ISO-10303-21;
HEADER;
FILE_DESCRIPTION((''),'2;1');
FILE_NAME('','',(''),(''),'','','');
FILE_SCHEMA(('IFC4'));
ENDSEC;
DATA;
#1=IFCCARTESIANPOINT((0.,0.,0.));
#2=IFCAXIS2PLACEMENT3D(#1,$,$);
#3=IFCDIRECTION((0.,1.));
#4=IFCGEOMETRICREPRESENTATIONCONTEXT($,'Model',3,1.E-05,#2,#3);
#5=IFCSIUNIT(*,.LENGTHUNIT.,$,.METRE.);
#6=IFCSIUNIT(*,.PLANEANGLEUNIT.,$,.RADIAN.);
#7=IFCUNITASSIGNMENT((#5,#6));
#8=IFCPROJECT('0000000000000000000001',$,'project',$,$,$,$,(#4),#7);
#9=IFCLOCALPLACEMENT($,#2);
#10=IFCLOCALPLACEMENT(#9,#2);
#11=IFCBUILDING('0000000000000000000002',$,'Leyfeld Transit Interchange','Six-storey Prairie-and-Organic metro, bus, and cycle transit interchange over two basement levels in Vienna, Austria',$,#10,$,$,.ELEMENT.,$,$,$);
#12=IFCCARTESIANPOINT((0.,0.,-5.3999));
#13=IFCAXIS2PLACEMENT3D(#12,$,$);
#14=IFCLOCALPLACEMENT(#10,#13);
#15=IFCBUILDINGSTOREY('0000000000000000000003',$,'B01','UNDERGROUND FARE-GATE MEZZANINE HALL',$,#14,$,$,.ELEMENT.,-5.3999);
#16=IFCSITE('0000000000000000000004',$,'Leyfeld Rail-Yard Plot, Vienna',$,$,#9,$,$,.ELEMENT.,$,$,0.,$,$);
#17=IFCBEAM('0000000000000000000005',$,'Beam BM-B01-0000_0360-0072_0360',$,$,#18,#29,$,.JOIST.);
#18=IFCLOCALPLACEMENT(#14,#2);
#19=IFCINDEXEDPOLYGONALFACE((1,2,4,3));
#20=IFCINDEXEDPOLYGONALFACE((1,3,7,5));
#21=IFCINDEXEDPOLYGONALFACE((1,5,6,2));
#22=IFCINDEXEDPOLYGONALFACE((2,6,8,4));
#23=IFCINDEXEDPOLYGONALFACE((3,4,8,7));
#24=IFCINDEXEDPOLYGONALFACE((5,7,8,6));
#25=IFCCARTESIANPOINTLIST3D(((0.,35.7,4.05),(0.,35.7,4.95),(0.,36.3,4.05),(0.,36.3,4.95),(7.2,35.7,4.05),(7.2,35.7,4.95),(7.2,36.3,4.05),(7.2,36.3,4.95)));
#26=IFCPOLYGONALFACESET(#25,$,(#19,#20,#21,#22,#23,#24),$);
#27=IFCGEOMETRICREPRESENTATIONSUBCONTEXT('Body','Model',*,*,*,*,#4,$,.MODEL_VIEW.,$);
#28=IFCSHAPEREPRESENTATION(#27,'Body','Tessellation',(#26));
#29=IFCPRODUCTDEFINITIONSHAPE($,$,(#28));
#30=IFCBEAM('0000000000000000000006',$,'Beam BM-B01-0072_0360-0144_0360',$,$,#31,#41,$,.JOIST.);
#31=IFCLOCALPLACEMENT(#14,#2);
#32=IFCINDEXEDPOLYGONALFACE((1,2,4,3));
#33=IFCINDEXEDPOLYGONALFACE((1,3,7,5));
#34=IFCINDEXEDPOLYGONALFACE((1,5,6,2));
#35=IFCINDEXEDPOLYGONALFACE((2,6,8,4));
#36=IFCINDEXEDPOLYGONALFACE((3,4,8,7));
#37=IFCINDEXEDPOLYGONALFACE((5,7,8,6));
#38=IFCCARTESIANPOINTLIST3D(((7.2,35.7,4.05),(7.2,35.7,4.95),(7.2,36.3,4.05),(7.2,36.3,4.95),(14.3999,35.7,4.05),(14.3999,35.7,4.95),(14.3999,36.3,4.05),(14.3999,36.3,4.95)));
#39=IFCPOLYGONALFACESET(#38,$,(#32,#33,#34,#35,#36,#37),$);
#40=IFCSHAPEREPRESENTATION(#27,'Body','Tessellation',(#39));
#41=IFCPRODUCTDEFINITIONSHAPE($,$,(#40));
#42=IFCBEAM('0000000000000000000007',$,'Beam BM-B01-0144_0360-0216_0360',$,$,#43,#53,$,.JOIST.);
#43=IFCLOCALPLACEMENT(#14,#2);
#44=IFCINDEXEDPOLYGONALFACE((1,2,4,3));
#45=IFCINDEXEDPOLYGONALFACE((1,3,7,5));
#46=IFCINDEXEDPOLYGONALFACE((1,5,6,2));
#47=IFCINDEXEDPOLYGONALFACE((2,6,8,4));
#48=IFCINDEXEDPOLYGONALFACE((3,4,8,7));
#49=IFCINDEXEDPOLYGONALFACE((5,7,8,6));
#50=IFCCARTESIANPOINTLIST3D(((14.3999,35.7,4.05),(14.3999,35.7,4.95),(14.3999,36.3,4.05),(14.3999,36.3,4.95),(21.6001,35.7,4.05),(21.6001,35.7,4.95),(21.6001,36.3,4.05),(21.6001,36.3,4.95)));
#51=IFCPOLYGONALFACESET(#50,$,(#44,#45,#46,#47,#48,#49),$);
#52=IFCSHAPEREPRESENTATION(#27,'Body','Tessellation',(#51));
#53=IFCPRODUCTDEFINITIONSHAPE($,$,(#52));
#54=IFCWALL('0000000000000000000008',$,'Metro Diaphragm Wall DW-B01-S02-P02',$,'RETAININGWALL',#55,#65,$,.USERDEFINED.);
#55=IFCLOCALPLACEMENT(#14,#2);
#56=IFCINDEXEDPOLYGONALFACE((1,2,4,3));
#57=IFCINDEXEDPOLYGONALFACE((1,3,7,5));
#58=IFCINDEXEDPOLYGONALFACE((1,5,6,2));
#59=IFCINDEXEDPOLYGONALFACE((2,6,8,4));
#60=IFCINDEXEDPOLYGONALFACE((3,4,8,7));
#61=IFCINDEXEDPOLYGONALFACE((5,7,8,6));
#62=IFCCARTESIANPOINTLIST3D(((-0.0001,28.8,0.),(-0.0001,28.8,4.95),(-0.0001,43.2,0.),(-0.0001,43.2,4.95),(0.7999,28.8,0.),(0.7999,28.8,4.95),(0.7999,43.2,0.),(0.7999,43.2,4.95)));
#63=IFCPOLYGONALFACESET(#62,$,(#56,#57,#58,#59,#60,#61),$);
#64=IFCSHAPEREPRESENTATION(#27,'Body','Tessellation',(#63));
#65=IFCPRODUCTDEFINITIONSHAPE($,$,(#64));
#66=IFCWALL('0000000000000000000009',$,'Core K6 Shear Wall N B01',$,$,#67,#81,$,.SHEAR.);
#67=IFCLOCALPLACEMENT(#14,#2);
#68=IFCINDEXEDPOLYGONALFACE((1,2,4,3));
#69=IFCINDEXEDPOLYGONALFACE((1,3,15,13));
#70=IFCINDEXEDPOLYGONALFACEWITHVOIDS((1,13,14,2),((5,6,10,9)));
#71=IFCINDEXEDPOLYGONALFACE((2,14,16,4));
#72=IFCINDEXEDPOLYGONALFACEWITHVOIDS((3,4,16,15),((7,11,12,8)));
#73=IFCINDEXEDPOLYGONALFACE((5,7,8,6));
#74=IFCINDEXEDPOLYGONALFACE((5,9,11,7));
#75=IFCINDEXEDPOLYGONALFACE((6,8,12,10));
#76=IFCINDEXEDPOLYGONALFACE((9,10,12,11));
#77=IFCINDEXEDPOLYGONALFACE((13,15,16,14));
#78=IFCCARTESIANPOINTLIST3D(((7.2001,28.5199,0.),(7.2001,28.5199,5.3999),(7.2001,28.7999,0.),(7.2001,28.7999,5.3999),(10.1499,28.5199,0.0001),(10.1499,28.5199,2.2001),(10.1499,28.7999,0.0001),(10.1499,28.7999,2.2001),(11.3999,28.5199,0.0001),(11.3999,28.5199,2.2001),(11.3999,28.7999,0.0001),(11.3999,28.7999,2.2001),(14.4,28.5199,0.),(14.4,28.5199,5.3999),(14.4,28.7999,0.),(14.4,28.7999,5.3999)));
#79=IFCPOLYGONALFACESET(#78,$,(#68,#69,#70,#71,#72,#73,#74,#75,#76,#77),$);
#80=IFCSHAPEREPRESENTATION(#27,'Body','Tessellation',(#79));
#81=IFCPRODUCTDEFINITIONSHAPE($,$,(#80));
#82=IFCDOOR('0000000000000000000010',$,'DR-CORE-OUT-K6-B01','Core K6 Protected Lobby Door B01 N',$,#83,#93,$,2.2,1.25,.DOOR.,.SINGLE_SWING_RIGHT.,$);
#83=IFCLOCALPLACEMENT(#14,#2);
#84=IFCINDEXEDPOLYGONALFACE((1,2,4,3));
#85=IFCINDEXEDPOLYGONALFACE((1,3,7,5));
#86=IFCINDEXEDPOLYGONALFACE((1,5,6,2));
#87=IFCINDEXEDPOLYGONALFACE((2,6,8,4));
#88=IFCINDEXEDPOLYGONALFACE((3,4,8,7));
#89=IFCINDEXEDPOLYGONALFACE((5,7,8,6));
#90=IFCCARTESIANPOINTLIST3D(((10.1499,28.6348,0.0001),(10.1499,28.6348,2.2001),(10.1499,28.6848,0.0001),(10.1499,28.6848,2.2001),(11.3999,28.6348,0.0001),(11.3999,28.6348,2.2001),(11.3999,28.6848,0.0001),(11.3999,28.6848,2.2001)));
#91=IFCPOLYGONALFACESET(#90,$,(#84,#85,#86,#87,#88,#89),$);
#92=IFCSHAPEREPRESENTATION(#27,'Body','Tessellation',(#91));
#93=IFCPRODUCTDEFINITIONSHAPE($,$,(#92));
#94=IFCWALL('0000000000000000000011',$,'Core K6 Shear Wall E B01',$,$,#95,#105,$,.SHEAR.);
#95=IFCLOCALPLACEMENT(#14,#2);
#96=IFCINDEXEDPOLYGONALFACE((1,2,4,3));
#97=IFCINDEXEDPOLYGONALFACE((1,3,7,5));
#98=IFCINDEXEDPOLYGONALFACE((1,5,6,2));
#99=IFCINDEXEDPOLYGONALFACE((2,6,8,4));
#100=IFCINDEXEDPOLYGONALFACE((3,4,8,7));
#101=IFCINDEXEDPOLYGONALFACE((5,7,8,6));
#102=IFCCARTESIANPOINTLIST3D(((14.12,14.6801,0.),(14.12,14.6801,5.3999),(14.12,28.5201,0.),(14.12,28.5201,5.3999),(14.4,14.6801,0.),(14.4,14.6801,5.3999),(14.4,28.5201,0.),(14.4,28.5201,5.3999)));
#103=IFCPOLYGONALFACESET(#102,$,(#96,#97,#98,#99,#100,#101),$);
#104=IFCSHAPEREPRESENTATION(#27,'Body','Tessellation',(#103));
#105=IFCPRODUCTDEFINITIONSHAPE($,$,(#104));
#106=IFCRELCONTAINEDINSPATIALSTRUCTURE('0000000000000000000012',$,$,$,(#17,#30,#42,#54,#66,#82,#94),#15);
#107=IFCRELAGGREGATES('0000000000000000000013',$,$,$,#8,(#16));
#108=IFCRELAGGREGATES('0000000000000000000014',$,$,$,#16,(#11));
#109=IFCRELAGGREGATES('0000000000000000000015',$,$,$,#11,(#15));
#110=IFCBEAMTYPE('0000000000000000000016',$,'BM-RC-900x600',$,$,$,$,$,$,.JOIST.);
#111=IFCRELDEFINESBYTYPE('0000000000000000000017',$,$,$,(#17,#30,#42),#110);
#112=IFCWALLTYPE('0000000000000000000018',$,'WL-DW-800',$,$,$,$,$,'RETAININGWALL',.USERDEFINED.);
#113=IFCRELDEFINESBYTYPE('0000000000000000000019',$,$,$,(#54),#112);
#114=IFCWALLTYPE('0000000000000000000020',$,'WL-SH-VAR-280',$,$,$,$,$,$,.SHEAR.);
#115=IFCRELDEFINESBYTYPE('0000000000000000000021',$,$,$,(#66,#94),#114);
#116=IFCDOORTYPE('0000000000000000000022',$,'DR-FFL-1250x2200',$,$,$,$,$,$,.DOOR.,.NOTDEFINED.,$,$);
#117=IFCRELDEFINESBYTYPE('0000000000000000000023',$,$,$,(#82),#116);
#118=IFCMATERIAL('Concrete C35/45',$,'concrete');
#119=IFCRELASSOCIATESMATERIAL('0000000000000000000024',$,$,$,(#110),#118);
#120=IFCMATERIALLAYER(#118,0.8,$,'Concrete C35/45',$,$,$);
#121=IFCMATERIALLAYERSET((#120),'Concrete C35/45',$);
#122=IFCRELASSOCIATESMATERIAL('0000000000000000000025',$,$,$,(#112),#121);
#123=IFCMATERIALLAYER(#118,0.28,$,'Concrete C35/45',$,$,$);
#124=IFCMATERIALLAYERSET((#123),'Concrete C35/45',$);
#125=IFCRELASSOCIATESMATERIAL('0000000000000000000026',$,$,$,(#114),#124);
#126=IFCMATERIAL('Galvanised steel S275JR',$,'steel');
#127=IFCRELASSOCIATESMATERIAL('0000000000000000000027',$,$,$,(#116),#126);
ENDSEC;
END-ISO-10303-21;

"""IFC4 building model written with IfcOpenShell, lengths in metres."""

from ifc_helpers import new_model, si_unit, direction, frame, frame_2d, origin, origin_2d, place, context, subcontext, project, spatial, rectangle, extrude, material, layer, layer_set, material_profile, profile_set, type_object, element, fill, save


model = new_model("IFC4")

# Units and contexts
model_context = context("Model", 3, precision=1e-05, world=origin(), true_north=direction((0.0, 1.0)))
body_context = subcontext(model_context, "Body", "Model", "MODEL_VIEW")
ifc_project = project(units=[si_unit("LENGTHUNIT", "METRE"), si_unit("PLANEANGLEUNIT", "RADIAN")], contexts=[model_context])

# Site, building, storey
site_placement = place(None, origin())
site = spatial("IfcSite", under=ifc_project, at=site_placement, Name="Leyfeld Rail-Yard Plot, Vienna", CompositionType="ELEMENT", RefElevation=0.0)
building_placement = place(site_placement, origin())
building = spatial("IfcBuilding", under=site, at=building_placement, Name="Leyfeld Transit Interchange", Description="Six-storey Prairie-and-Organic metro, bus, and cycle transit interchange over two basement levels in Vienna, Austria", CompositionType="ELEMENT")
storey_placement = place(building_placement, frame((0.0, 0.0, -5.3999)))
storey = spatial("IfcBuildingStorey", under=building, at=storey_placement, Name="B01", Description="UNDERGROUND FARE-GATE MEZZANINE HALL", CompositionType="ELEMENT", Elevation=-5.3999)

# Shared definitions
ifc_material_1 = material(Name="Concrete C35/45", Category="concrete")

# Beams
ifc_material_profile_1 = material_profile(ifc_material_1, rectangle(XDim=0.6001, YDim=0.8999, at=origin_2d()), Name="RC 900x600")
ifc_profile_set_1 = profile_set([ifc_material_profile_1], Name="Concrete C35/45")
beam_type_1 = type_object("IfcBeamType", Name="BM-RC-900x600", PredefinedType="JOIST", material=ifc_profile_set_1)
for number, where, z_axis, x_axis, name in (
    (1, (0.0, 36.0, 4.5), (1.0, 0.0, 0.0), (0.0, 1.0, 0.0), "Beam BM-B01-0000_0360-0072_0360"),
    (2, (7.2, 36.0, 4.5), (1.0, 0.0, 0.0), (0.0, 1.0, 0.0), "Beam BM-B01-0072_0360-0144_0360"),
):
    element("IfcBeam", number, at=place(storey_placement, frame(where, z_axis=z_axis, x_axis=x_axis)), inside=storey, type_object=beam_type_1, Name=name, PredefinedType="JOIST", context=body_context, shape_type="SweptSolid", body=[
        extrude(rectangle(XDim=0.6001, YDim=0.8999, at=origin_2d()), origin(), (0.0, 0.0, 1.0), 7.2),
    ])
beam_1_placement = place(storey_placement, frame((14.3999, 36.0, 4.5), z_axis=(1.0, 0.0, 0.0), x_axis=(0.0, 1.0, 0.0)))
element("IfcBeam", 3, at=beam_1_placement, inside=storey, type_object=beam_type_1, Name="Beam BM-B01-0144_0360-0216_0360", PredefinedType="JOIST", context=body_context, shape_type="SweptSolid", body=[
    extrude(rectangle(XDim=0.6001, YDim=0.8999, at=origin_2d()), origin(), (0.0, 0.0, 1.0), 7.2002),
])

# Wall
ifc_layer_1 = layer(ifc_material_1, 0.8, Name="Concrete C35/45")
ifc_layer_set_1 = layer_set([ifc_layer_1], Name="Concrete C35/45")
wall_type_1 = type_object("IfcWallType", Name="WL-DW-800", ElementType="RETAININGWALL", PredefinedType="USERDEFINED", material=ifc_layer_set_1)
wall_1_placement = place(storey_placement, frame((0.3999, 28.8, 0.0), z_axis=(0.0, 0.0, 1.0), x_axis=(0.0, 1.0, 0.0)))
element("IfcWall", 4, at=wall_1_placement, inside=storey, type_object=wall_type_1, Name="Metro Diaphragm Wall DW-B01-S02-P02", ObjectType="RETAININGWALL", PredefinedType="USERDEFINED", context=body_context, shape_type="SweptSolid", body=[
    extrude(rectangle(XDim=14.3999, YDim=0.8, at=frame_2d((7.2, 0.0))), origin(), (0.0, 0.0, 1.0), 4.95),
])

# Wall, opening, door
ifc_layer_2 = layer(ifc_material_1, 0.28, Name="Concrete C35/45")
ifc_layer_set_2 = layer_set([ifc_layer_2], Name="Concrete C35/45")
wall_type_2 = type_object("IfcWallType", Name="WL-SH-VAR-280", PredefinedType="SHEAR", material=ifc_layer_set_2)
wall_2_placement = place(storey_placement, frame((7.2, 28.6599, 0.0), z_axis=(0.0, 0.0, 1.0), x_axis=(1.0, 0.0, 0.0)))
wall_2 = element("IfcWall", 5, at=wall_2_placement, inside=storey, type_object=wall_type_2, Name="Core K6 Shear Wall N B01", PredefinedType="SHEAR", context=body_context, shape_type="SweptSolid", body=[
    extrude(rectangle(XDim=7.2, YDim=0.28, at=frame_2d((3.6001, 0.0))), origin(), (0.0, 0.0, 1.0), 5.3999),
])
opening_placement = place(wall_2_placement, frame((2.95, 0.0, 0.0)))
opening = element("IfcOpeningElement", 6, at=opening_placement, cuts=wall_2, PredefinedType="OPENING", context=body_context, shape_type="SweptSolid", body=[
    extrude(rectangle(XDim=1.25, YDim=2.2, at=frame_2d((0.625, 1.1001))), frame((0.0, 0.1499, 0.0), z_axis=(0.0, -1.0, 0.0), x_axis=(1.0, 0.0, 0.0)), (0.0, 0.0, 1.0), 0.3),
])
ifc_material_2 = material(Name="Galvanised steel S275JR", Category="steel")
door_type = type_object("IfcDoorType", Name="DR-FFL-1250x2200", OperationType="NOTDEFINED", PredefinedType="DOOR", material=ifc_material_2)
door_placement = place(opening_placement, origin())
door = element("IfcDoor", 7, at=door_placement, inside=storey, type_object=door_type, Name="DR-CORE-OUT-K6-B01", Description="Core K6 Protected Lobby Door B01 N", OperationType="SINGLE_SWING_RIGHT", OverallHeight=2.2, OverallWidth=1.25, PredefinedType="DOOR", context=body_context, shape_type="SweptSolid", body=[
    extrude(rectangle(XDim=1.25, YDim=2.2, at=frame_2d((0.625, 1.1001))), frame((0.0, 0.0249, 0.0), z_axis=(0.0, -1.0, 0.0), x_axis=(1.0, 0.0, 0.0)), (0.0, 0.0, 1.0), 0.05),
])
fill(opening, door)

# Wall
wall_3_placement = place(storey_placement, frame((14.26, 28.52, 0.0), z_axis=(0.0, 0.0, 1.0), x_axis=(0.0, -1.0, 0.0)))
element("IfcWall", 8, at=wall_3_placement, inside=storey, type_object=wall_type_2, Name="Core K6 Shear Wall E B01", PredefinedType="SHEAR", context=body_context, shape_type="SweptSolid", body=[
    extrude(rectangle(XDim=13.8401, YDim=0.28, at=frame_2d((6.9199, 0.0))), origin(), (0.0, 0.0, 1.0), 5.3999),
])

save(model, "model.ifc")
